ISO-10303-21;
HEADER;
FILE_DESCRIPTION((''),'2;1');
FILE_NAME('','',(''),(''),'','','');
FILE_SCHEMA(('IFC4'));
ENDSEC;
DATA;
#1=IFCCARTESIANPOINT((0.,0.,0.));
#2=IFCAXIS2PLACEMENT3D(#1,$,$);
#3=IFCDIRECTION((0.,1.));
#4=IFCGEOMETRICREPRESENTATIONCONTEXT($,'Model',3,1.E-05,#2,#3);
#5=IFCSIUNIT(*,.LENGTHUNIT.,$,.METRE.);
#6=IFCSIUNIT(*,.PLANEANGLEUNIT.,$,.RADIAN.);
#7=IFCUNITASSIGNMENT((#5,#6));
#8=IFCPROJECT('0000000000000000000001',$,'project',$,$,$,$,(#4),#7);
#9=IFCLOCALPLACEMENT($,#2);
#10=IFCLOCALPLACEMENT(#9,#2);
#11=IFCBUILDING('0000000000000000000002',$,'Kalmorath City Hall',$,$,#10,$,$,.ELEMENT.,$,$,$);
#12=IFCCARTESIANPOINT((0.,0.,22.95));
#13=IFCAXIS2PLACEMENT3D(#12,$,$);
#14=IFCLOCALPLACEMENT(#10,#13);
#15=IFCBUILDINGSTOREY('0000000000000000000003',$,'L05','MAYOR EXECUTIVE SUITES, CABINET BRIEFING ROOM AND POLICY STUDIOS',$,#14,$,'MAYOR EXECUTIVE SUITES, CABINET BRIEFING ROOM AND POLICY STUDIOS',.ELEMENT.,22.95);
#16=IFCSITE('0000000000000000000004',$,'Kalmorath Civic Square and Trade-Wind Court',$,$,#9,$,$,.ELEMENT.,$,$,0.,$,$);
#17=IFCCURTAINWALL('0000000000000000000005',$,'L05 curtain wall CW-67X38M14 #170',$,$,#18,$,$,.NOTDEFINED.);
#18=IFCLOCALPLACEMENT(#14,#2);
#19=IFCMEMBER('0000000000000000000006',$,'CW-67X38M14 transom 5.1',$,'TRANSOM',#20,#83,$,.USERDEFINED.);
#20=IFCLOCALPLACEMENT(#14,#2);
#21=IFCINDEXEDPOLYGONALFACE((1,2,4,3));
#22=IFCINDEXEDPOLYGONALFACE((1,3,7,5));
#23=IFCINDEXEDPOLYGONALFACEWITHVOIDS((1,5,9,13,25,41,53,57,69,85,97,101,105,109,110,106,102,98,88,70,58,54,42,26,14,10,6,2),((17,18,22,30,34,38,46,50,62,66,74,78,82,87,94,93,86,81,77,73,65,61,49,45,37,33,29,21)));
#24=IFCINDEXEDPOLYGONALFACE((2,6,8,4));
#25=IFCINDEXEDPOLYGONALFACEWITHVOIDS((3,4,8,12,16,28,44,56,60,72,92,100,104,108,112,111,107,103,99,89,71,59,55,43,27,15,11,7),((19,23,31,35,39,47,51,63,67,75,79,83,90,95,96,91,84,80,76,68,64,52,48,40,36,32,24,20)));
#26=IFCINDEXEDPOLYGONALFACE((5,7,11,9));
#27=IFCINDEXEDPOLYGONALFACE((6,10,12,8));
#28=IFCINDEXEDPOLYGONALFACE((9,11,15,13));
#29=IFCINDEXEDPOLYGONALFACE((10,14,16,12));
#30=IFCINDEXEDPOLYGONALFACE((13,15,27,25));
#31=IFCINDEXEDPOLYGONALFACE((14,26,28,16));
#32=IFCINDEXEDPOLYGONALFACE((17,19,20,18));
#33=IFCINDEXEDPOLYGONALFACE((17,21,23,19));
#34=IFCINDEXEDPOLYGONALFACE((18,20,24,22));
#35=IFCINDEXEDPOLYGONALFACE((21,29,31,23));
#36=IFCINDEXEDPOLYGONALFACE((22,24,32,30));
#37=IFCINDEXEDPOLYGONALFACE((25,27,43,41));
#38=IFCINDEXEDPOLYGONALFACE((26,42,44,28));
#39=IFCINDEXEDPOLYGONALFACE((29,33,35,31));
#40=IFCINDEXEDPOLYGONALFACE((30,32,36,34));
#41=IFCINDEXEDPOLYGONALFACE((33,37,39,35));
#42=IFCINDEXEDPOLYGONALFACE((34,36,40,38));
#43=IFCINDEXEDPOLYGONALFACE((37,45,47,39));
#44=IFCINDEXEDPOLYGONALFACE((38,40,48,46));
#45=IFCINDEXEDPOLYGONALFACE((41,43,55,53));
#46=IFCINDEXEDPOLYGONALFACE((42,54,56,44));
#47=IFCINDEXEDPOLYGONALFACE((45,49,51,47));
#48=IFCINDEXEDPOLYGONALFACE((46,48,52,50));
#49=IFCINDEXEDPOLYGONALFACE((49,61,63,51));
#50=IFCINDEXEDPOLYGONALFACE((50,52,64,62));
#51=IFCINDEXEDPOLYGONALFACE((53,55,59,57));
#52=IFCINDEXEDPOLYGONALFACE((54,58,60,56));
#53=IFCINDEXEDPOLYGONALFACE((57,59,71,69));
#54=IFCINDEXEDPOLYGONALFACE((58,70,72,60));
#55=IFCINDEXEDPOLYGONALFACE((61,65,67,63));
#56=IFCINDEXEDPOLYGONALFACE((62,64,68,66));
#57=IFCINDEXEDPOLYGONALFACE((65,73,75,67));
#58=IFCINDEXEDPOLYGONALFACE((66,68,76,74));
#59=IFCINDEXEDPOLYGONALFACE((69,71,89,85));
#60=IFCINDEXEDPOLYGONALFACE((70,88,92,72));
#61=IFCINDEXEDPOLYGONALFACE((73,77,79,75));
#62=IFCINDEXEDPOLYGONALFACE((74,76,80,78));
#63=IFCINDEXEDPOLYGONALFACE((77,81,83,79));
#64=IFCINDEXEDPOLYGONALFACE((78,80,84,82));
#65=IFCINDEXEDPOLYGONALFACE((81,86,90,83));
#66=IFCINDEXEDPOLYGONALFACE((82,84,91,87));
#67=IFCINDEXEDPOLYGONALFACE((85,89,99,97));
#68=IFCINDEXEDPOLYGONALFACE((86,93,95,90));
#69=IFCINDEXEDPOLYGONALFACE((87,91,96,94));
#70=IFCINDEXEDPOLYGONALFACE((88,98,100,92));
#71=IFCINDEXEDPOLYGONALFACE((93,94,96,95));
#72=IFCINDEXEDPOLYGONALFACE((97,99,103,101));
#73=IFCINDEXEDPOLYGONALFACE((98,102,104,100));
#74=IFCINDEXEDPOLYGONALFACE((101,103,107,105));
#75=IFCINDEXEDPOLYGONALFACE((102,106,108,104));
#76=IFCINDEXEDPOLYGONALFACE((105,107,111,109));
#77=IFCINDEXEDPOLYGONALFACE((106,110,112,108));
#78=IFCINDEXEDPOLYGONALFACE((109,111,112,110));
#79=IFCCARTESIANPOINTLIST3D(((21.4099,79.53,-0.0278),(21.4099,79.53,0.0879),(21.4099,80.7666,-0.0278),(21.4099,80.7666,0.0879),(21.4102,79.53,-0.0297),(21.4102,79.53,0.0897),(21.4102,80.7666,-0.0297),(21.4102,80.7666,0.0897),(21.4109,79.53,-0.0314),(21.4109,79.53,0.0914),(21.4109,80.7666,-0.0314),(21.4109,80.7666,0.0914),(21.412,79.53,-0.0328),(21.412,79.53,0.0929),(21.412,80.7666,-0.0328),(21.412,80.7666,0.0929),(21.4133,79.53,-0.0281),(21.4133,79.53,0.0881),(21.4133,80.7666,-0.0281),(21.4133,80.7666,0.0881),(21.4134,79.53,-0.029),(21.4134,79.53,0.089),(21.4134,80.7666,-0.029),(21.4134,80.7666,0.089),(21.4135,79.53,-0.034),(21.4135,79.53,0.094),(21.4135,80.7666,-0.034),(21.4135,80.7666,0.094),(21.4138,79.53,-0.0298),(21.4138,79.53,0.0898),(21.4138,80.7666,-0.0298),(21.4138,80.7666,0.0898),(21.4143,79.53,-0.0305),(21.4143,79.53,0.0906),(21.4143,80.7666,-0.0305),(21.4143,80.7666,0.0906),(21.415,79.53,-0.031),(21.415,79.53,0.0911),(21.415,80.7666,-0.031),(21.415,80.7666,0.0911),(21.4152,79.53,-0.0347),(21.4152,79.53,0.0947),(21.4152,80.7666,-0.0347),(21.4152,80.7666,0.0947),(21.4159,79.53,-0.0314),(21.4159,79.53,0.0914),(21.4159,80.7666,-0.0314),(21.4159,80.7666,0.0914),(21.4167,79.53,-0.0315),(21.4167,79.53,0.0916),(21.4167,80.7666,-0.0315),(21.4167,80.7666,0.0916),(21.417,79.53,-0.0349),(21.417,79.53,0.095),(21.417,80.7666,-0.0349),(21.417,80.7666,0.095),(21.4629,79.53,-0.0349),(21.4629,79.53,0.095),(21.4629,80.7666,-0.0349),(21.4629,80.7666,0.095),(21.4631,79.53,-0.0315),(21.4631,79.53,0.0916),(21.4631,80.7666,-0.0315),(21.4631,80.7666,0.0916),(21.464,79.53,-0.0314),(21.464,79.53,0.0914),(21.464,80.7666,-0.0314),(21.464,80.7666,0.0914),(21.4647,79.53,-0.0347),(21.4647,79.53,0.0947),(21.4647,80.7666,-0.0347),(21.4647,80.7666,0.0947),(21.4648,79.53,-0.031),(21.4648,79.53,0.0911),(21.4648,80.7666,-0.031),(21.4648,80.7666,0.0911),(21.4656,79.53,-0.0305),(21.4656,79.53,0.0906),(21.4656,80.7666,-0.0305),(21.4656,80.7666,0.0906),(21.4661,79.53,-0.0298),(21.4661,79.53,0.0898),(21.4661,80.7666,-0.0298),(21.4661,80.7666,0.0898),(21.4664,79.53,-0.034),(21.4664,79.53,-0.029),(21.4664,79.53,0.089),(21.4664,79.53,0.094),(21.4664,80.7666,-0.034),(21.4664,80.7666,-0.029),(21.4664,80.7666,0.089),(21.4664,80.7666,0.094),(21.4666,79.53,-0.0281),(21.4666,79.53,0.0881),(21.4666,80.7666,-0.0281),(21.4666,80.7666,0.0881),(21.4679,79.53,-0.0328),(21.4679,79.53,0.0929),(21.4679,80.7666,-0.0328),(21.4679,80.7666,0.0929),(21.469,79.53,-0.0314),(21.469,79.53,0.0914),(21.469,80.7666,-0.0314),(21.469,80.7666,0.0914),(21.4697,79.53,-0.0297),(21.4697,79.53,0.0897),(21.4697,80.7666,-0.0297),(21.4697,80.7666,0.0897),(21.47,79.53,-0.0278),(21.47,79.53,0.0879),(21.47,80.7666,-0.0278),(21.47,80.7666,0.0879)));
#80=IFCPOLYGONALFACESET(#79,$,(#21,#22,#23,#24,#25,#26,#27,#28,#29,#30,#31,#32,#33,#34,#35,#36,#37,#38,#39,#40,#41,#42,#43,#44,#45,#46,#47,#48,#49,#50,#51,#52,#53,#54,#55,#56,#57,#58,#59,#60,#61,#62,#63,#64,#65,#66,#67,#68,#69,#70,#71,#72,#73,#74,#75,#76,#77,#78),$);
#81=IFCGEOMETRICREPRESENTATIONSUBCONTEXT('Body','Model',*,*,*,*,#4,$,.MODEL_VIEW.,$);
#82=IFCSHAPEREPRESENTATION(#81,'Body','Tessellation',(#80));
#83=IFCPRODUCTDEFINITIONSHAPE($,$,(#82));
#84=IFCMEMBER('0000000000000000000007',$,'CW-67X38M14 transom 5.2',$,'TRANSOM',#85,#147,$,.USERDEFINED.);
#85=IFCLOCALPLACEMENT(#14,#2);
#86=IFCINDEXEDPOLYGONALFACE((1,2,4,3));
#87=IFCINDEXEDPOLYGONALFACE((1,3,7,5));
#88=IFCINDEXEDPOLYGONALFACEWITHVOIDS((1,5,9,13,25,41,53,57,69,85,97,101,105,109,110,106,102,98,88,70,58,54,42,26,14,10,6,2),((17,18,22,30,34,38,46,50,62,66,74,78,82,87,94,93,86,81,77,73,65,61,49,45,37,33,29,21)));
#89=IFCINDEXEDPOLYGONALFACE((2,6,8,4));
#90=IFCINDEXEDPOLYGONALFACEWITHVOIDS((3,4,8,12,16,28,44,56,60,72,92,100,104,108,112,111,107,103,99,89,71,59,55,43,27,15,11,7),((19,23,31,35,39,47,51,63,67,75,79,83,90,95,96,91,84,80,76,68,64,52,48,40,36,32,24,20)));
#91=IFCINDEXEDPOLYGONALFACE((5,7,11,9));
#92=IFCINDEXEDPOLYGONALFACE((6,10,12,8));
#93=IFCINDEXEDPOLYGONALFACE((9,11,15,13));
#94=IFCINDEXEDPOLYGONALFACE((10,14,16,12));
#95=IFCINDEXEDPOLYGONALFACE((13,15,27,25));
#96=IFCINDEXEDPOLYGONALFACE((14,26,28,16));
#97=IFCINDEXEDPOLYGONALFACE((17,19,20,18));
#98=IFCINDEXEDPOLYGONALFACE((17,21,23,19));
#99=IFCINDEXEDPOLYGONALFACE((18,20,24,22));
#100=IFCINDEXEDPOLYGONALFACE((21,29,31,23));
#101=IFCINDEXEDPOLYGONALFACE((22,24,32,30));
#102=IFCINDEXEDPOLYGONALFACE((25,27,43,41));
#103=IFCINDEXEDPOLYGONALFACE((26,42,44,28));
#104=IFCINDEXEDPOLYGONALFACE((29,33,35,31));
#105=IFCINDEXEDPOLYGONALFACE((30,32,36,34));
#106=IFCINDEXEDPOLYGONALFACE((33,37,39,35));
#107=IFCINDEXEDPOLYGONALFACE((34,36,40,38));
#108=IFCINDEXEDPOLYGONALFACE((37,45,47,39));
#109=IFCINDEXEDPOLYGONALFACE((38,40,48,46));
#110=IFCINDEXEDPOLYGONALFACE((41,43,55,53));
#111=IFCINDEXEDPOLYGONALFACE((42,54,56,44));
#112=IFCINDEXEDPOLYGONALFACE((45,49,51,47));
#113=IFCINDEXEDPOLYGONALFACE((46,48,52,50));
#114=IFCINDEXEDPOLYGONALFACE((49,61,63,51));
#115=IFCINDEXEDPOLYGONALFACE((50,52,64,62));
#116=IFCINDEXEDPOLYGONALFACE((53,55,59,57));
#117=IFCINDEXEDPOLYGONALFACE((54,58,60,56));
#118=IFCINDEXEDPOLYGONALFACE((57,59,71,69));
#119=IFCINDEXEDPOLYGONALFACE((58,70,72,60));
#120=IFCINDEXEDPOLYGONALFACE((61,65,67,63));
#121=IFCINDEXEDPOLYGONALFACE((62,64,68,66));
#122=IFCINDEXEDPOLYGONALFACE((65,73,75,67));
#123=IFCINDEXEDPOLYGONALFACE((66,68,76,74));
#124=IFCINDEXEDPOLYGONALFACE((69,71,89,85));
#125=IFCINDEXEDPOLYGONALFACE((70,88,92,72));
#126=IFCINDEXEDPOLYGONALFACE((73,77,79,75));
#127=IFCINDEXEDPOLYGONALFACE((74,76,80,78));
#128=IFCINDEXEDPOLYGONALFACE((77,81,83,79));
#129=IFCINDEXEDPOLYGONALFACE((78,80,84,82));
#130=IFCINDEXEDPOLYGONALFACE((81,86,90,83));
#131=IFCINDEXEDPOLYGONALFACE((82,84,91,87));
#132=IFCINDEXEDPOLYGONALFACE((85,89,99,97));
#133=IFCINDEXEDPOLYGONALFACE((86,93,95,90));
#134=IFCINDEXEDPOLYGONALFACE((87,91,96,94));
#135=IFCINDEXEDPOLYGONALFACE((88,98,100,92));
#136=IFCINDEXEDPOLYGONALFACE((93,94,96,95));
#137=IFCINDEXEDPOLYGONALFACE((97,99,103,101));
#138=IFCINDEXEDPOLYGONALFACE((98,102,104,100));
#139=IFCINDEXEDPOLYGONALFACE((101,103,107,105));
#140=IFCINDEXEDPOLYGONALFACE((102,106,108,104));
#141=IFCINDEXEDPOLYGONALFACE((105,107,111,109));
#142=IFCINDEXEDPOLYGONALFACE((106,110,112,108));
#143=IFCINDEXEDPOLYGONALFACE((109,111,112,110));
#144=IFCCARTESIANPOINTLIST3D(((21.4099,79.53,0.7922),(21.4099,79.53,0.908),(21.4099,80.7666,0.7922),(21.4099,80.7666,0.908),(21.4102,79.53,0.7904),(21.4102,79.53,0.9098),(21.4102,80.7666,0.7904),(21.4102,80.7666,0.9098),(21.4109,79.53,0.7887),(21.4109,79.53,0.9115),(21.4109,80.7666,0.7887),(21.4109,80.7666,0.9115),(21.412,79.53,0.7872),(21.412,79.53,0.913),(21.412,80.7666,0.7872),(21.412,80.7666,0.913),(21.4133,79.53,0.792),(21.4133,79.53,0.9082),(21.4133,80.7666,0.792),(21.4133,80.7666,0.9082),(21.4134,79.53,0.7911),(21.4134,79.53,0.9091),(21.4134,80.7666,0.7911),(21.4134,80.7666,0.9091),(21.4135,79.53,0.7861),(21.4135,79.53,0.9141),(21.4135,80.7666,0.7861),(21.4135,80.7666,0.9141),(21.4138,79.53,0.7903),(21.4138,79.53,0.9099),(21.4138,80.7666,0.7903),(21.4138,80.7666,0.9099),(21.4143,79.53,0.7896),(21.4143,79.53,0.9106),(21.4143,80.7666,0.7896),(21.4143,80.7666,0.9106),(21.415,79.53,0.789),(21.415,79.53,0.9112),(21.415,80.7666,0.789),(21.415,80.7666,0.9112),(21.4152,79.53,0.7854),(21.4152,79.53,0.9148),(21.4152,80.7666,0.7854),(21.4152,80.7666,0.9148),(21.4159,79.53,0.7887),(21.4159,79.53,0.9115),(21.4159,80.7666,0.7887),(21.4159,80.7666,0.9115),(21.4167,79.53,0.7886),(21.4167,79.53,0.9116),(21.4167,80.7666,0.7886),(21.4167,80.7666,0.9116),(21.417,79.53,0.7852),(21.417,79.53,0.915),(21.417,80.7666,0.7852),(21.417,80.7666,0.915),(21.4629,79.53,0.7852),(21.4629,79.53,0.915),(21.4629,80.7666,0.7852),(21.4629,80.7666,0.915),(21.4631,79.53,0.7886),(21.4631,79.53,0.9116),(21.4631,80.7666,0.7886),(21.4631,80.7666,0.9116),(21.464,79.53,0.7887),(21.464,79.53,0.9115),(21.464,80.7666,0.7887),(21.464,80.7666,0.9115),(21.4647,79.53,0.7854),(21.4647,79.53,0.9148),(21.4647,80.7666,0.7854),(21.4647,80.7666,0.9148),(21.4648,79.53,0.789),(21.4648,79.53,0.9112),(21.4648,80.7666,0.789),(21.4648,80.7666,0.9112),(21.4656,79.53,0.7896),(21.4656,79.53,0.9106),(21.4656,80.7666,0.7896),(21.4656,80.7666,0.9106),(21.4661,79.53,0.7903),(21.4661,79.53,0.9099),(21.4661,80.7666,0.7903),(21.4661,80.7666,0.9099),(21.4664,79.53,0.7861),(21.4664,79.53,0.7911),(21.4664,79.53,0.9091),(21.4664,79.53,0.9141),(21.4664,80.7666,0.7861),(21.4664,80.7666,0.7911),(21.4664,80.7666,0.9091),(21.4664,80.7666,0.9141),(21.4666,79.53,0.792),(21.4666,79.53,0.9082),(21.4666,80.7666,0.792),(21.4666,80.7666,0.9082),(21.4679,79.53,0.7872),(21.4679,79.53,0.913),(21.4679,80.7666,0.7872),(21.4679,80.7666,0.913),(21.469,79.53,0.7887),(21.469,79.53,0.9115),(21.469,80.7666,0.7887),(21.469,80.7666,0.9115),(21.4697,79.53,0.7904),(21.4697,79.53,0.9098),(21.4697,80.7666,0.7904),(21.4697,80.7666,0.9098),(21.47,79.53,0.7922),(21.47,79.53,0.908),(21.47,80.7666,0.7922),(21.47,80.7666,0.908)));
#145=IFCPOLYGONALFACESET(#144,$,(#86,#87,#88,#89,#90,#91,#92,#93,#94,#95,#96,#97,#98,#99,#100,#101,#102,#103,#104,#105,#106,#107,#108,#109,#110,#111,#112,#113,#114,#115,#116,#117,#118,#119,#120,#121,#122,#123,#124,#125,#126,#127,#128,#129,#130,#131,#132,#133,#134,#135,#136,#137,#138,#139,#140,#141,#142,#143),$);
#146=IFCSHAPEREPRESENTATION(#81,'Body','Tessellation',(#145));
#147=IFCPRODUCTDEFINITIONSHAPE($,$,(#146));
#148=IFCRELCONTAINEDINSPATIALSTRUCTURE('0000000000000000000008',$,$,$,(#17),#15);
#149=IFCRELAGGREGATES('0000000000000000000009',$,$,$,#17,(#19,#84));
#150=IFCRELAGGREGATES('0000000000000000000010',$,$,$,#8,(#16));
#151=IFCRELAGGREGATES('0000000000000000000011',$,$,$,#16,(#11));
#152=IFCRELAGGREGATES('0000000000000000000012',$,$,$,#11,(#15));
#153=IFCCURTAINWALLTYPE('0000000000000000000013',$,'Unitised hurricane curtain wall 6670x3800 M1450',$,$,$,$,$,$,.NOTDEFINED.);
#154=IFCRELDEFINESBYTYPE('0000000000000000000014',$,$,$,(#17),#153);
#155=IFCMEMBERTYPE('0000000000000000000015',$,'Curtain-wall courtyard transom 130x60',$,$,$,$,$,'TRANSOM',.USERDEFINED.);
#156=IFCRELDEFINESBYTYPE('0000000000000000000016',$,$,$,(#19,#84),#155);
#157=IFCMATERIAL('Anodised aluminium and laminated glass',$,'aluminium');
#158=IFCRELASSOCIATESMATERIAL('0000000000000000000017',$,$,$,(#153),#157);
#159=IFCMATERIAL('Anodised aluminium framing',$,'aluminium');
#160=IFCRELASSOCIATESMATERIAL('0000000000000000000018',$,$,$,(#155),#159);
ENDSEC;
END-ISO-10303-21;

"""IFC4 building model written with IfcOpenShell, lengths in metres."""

from ifc_helpers import new_model, si_unit, direction, frame, origin, origin_2d, place, context, subcontext, project, spatial, hollow_rectangle, extrude, material, material_profile, profile_set, type_object, element, aggregate, save


model = new_model("IFC4")

# Units and contexts
model_context = context("Model", 3, precision=1e-05, world=origin(), true_north=direction((0.0, 1.0)))
body_context = subcontext(model_context, "Body", "Model", "MODEL_VIEW")
ifc_project = project(units=[si_unit("LENGTHUNIT", "METRE"), si_unit("PLANEANGLEUNIT", "RADIAN")], contexts=[model_context])

# Site, building, storey
site_placement = place(None, origin())
site = spatial("IfcSite", under=ifc_project, at=site_placement, Name="Kalmorath Civic Square and Trade-Wind Court", CompositionType="ELEMENT", RefElevation=0.0)
building_placement = place(site_placement, origin())
building = spatial("IfcBuilding", under=site, at=building_placement, Name="Kalmorath City Hall", CompositionType="ELEMENT")
storey_placement = place(building_placement, frame((0.0, 0.0, 22.95)))
storey = spatial("IfcBuildingStorey", under=building, at=storey_placement, Name="L05", Description="MAYOR EXECUTIVE SUITES, CABINET BRIEFING ROOM AND POLICY STUDIOS", LongName="MAYOR EXECUTIVE SUITES, CABINET BRIEFING ROOM AND POLICY STUDIOS", CompositionType="ELEMENT", Elevation=22.95)

# Curtain wall
ifc_material_1 = material(Name="Anodised aluminium and laminated glass", Category="aluminium")
curtain_wall_type_1 = type_object("IfcCurtainWallType", Name="Unitised hurricane curtain wall 6670x3800 M1450", PredefinedType="NOTDEFINED", material=ifc_material_1)
curtain_wall_1_placement = place(storey_placement, origin())
curtain_wall_1 = element("IfcCurtainWall", 1, at=curtain_wall_1_placement, inside=storey, type_object=curtain_wall_type_1, Name="L05 curtain wall CW-67X38M14 #170", PredefinedType="NOTDEFINED")

# Members
ifc_material_2 = material(Name="Anodised aluminium framing", Category="aluminium")
ifc_material_profile_1 = material_profile(ifc_material_2, hollow_rectangle(XDim=0.0601, YDim=0.1299, WallThickness=0.0034, InnerFilletRadius=0.0034, OuterFilletRadius=0.0071, at=origin_2d()), Name="ALU-TRN-130X60X3.5")
ifc_profile_set_1 = profile_set([ifc_material_profile_1], Name="Anodised aluminium framing")
member_type_1 = type_object("IfcMemberType", Name="Curtain-wall courtyard transom 130x60", ElementType="TRANSOM", PredefinedType="USERDEFINED", material=ifc_profile_set_1)
member_1_placement = place(storey_placement, frame((21.4399, 80.7666, 0.03), z_axis=(0.0, -1.0, 0.0), x_axis=(1.0, 0.0, 0.0)))
member_1 = element("IfcMember", 2, at=member_1_placement, type_object=member_type_1, Name="CW-67X38M14 transom 5.1", ObjectType="TRANSOM", PredefinedType="USERDEFINED", context=body_context, shape_type="SweptSolid", body=[
    extrude(hollow_rectangle(XDim=0.0601, YDim=0.1299, WallThickness=0.0034, InnerFilletRadius=0.0034, OuterFilletRadius=0.0071, at=origin_2d()), origin(), (0.0, 0.0, 1.0), 1.2366),
])
member_2_placement = place(storey_placement, frame((21.4399, 80.7666, 0.8501), z_axis=(0.0, -1.0, 0.0), x_axis=(1.0, 0.0, 0.0)))
member_2 = element("IfcMember", 3, at=member_2_placement, type_object=member_type_1, Name="CW-67X38M14 transom 5.2", ObjectType="TRANSOM", PredefinedType="USERDEFINED", context=body_context, shape_type="SweptSolid", body=[
    extrude(hollow_rectangle(XDim=0.0601, YDim=0.1299, WallThickness=0.0034, InnerFilletRadius=0.0034, OuterFilletRadius=0.0071, at=origin_2d()), origin(), (0.0, 0.0, 1.0), 1.2366),
])

aggregate(curtain_wall_1, [member_1, member_2])

save(model, "model.ifc")
